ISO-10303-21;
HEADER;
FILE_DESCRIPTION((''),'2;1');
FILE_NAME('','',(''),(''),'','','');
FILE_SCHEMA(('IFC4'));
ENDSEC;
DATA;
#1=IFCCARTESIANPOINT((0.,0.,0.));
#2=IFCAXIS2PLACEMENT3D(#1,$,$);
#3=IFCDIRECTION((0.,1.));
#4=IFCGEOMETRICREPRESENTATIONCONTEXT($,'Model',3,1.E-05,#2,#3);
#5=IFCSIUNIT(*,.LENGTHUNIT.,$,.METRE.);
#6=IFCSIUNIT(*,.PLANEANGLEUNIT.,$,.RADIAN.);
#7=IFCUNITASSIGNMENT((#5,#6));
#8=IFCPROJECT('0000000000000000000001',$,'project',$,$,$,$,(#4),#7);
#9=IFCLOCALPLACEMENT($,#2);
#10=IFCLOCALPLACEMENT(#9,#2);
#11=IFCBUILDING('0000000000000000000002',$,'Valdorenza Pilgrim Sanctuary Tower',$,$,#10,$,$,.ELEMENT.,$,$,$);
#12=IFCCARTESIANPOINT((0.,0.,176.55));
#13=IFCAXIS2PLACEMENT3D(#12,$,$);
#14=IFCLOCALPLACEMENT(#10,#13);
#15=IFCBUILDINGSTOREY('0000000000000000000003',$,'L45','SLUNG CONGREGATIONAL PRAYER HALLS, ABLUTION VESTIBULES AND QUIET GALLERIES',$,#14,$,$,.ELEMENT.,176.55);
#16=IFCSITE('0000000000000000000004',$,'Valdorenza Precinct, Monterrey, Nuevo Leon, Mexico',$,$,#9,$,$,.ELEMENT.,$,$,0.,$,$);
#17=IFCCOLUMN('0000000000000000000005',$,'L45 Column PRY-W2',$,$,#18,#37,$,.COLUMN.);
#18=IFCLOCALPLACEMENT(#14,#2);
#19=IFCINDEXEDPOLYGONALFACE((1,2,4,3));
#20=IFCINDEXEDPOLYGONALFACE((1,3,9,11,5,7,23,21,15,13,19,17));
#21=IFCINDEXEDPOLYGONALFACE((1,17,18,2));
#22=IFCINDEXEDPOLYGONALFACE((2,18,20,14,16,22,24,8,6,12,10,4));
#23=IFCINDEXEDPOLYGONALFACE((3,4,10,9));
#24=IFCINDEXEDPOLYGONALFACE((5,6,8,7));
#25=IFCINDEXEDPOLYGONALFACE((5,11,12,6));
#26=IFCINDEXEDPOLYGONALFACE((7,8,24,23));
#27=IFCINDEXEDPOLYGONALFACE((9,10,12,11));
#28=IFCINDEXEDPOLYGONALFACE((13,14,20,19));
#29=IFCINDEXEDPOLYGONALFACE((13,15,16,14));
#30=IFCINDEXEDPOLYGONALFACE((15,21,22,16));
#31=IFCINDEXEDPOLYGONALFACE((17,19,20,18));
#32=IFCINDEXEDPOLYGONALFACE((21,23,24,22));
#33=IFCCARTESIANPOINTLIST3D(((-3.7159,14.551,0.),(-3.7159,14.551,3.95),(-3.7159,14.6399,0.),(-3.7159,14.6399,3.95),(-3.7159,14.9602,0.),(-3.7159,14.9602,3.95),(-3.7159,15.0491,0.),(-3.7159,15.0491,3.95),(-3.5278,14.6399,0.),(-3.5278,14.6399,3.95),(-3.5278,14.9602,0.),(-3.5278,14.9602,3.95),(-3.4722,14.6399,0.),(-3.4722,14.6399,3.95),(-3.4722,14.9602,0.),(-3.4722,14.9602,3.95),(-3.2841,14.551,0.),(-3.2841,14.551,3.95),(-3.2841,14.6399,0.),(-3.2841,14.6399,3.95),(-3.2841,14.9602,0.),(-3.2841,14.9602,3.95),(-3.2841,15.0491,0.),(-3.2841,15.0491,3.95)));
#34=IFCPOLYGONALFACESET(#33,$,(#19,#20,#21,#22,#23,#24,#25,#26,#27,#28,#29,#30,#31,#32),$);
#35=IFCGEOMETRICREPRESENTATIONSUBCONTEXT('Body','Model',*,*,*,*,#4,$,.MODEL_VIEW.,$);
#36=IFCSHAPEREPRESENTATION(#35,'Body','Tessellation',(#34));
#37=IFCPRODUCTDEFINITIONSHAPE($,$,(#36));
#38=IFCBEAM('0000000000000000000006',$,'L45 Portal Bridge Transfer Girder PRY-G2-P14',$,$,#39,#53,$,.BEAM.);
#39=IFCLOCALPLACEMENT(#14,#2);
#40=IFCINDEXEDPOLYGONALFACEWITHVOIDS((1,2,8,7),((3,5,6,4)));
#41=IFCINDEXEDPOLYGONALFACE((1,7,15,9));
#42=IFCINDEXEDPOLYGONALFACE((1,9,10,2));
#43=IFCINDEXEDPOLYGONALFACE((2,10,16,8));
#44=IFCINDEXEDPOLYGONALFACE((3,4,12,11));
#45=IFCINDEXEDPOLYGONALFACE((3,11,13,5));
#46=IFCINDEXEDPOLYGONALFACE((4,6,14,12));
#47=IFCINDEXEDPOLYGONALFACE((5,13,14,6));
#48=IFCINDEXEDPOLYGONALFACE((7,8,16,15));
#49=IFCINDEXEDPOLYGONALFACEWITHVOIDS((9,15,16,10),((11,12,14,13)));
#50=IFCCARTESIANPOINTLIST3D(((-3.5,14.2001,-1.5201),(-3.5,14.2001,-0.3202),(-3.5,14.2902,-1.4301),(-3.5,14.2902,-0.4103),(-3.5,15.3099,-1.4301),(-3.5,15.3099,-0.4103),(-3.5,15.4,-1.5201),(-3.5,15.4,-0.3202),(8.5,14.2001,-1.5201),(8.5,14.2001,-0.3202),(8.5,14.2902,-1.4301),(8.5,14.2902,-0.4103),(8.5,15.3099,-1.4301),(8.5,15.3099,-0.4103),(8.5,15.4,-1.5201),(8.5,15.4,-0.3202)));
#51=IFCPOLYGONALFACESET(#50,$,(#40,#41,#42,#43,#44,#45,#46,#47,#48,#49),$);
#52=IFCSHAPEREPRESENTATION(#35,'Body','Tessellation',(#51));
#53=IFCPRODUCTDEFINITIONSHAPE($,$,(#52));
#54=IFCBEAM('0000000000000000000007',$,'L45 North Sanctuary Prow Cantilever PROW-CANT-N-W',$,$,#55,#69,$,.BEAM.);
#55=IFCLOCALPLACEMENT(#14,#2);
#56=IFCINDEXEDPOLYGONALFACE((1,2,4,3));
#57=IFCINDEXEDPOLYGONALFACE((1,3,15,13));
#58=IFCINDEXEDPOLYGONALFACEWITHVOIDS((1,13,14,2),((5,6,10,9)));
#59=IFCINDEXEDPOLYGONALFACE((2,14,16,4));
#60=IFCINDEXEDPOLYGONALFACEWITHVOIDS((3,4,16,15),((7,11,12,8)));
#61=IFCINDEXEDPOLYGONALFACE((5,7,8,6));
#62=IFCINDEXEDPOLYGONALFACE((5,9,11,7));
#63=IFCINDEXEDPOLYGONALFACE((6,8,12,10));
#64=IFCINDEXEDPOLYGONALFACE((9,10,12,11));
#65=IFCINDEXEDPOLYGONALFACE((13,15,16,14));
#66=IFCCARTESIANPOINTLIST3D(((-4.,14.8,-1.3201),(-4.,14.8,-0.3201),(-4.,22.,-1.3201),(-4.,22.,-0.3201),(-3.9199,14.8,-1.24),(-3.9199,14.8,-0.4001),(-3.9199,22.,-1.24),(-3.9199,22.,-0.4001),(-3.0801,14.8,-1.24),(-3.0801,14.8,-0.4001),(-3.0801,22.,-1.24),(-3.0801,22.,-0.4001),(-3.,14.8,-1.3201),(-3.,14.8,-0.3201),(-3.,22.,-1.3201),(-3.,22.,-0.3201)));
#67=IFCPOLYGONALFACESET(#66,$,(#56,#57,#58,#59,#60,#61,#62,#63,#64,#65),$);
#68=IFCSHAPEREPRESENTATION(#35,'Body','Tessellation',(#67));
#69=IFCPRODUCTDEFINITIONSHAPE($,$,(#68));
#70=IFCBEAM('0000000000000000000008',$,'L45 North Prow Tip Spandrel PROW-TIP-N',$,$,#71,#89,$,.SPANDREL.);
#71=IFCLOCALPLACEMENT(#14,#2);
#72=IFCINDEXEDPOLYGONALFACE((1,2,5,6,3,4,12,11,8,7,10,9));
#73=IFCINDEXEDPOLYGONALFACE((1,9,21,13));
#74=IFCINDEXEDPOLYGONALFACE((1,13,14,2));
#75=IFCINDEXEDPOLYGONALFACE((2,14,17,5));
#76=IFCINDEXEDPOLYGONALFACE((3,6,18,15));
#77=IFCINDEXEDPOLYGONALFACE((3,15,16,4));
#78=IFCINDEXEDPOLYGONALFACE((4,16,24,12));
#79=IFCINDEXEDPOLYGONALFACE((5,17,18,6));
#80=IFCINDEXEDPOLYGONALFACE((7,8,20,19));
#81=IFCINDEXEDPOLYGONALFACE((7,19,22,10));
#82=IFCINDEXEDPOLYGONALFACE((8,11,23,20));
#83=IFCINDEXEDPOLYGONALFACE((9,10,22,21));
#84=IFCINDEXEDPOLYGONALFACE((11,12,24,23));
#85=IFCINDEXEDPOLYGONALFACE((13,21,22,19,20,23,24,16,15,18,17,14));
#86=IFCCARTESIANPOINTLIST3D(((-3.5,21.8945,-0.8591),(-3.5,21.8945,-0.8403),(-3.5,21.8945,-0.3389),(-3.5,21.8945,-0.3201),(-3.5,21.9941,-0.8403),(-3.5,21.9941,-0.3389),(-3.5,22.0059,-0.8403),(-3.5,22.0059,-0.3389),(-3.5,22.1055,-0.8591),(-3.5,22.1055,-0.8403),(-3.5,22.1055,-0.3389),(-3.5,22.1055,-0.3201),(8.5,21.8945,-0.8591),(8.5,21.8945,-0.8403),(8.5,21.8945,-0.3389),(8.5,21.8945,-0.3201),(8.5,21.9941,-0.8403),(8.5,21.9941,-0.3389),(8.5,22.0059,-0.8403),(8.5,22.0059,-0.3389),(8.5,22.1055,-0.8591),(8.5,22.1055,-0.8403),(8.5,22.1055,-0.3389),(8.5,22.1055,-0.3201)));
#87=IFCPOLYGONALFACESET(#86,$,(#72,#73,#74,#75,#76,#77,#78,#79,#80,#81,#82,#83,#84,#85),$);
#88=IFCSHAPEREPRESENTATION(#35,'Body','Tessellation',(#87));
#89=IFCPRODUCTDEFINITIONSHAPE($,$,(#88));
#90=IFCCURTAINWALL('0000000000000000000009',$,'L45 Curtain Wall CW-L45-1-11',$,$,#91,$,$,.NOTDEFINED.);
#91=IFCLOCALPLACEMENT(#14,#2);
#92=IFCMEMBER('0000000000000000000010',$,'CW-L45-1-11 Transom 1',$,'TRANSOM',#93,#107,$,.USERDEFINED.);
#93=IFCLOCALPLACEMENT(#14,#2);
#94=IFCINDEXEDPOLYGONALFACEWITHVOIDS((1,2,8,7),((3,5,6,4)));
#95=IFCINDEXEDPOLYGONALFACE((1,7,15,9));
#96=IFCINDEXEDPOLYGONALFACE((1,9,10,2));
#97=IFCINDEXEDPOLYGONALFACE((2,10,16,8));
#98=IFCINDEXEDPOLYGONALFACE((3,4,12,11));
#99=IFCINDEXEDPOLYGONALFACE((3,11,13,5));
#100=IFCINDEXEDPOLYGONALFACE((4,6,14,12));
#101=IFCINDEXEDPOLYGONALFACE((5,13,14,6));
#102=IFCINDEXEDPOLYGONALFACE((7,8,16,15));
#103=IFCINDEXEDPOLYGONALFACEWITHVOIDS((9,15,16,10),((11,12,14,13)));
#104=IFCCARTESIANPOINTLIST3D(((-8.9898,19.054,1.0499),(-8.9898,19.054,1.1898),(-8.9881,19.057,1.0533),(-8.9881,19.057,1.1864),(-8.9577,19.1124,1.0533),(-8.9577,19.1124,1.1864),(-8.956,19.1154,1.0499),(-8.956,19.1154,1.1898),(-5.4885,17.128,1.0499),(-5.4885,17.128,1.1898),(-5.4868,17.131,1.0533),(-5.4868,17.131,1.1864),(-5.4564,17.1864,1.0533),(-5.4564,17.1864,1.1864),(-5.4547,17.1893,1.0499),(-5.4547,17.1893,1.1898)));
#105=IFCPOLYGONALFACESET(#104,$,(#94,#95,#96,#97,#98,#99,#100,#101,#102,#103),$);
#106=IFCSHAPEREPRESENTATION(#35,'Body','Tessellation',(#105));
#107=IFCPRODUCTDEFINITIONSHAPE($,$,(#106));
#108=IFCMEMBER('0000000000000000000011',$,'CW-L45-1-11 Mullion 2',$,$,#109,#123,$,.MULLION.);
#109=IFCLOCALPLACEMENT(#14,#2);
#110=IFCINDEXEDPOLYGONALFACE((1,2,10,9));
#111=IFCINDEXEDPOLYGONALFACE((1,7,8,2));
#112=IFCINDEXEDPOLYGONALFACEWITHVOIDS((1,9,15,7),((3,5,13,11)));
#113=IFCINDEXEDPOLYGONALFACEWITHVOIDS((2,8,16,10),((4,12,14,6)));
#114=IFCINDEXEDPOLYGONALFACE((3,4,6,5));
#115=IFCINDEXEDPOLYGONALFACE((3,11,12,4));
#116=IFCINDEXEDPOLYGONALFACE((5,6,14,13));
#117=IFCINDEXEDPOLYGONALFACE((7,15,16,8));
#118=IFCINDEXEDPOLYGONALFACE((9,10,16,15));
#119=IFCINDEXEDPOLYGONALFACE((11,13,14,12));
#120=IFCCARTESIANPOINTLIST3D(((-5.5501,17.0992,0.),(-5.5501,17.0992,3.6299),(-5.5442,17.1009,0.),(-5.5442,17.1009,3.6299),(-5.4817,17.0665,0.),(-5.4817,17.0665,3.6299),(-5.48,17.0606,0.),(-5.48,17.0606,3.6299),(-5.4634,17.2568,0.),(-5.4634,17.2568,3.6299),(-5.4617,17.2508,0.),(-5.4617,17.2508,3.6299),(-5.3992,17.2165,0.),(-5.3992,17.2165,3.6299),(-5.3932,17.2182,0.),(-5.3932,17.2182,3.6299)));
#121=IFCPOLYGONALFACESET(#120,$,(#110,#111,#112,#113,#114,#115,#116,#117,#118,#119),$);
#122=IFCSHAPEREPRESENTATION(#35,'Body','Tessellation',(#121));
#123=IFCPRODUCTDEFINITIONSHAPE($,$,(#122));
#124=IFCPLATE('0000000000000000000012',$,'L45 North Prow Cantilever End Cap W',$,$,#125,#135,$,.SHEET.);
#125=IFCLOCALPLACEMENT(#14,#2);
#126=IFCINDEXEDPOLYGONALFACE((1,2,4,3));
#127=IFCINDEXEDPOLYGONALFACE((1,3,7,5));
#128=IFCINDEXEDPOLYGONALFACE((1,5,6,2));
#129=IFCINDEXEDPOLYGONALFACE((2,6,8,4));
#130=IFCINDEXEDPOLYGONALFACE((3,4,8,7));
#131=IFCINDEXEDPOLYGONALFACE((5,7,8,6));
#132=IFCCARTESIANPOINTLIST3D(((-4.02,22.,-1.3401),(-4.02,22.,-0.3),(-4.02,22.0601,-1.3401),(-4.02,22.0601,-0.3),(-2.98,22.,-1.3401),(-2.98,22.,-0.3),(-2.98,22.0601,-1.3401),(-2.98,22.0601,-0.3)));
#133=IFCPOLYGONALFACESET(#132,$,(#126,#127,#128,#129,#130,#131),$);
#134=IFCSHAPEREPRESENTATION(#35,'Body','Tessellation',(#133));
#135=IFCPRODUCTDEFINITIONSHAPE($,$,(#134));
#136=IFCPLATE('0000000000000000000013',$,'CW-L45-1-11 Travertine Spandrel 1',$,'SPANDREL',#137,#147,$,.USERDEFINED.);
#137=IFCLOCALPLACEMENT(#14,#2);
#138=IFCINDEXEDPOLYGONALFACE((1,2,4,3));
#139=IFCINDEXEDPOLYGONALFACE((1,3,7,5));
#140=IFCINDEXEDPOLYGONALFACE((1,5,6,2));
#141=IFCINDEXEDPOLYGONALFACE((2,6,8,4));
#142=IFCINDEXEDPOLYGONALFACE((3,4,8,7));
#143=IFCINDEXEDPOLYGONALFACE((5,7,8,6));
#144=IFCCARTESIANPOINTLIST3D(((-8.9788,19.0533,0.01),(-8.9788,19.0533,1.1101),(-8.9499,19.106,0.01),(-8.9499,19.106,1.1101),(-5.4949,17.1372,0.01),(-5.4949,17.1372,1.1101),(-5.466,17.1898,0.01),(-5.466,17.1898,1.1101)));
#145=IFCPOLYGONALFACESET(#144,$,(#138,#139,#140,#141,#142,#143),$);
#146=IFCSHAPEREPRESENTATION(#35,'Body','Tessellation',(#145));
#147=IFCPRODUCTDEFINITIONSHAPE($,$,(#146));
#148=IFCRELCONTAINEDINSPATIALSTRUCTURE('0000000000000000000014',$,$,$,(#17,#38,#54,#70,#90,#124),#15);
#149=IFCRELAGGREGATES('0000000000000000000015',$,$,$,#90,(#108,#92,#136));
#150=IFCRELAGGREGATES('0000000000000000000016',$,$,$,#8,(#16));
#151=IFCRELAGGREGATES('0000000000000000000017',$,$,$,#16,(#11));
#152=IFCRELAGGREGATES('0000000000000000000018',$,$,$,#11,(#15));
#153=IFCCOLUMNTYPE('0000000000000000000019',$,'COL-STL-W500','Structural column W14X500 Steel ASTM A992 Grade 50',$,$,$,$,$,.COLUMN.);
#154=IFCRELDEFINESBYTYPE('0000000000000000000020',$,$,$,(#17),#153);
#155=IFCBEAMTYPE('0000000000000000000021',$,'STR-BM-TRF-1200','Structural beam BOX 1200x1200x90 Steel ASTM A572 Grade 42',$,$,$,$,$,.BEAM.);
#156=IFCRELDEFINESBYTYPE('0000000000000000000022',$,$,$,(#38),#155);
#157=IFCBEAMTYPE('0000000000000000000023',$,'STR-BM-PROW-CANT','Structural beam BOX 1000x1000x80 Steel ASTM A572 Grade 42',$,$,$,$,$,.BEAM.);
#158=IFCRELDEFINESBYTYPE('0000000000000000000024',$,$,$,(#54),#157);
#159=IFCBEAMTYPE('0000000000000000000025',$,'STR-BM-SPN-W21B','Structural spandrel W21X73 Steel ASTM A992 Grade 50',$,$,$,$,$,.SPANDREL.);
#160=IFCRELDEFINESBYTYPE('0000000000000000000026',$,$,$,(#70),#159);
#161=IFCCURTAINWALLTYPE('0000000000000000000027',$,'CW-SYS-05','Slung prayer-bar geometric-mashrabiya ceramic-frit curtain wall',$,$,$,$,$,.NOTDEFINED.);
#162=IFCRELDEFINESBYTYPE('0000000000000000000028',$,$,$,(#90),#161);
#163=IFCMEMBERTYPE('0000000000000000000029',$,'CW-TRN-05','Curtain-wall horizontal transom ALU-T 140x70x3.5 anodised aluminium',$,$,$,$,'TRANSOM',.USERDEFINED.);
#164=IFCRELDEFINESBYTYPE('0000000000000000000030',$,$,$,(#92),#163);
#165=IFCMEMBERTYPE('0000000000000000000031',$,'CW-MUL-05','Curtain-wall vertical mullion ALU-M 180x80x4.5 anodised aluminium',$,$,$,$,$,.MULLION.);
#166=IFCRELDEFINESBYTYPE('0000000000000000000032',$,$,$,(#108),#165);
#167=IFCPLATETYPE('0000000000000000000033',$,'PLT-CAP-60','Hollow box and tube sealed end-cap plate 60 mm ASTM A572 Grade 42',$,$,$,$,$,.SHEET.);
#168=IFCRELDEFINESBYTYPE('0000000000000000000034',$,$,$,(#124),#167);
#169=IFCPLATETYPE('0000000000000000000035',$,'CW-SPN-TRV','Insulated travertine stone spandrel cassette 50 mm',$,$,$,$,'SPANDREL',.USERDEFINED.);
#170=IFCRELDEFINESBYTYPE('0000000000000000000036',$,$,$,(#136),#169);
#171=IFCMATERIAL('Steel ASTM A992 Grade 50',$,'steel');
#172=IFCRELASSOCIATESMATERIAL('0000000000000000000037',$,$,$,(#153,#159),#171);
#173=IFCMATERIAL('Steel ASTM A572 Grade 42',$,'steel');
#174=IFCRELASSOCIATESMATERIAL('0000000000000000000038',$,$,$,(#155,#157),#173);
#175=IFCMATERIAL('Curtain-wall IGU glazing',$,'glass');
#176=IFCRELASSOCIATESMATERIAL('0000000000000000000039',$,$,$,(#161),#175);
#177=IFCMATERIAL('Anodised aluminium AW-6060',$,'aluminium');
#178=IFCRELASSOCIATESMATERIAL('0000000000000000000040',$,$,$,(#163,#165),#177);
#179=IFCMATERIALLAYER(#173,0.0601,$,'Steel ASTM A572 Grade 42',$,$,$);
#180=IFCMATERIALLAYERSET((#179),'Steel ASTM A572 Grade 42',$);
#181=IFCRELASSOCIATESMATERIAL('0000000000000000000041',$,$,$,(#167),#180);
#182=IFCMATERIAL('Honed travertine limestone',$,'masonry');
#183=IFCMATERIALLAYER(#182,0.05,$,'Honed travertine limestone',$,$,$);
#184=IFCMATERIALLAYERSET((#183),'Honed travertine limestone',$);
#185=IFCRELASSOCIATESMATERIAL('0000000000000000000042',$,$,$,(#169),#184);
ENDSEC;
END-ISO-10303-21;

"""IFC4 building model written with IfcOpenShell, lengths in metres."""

from ifc_helpers import new_model, si_unit, direction, frame, origin, origin_2d, place, context, subcontext, project, spatial, rectangle, hollow_rectangle, i_section, extrude, source, transform, mapped, material, layer, layer_set, material_profile, profile_set, type_object, element, aggregate, save


model = new_model("IFC4")

# Units and contexts
model_context = context("Model", 3, precision=1e-05, world=origin(), true_north=direction((0.0, 1.0)))
body_context = subcontext(model_context, "Body", "Model", "MODEL_VIEW")
ifc_project = project(units=[si_unit("LENGTHUNIT", "METRE"), si_unit("PLANEANGLEUNIT", "RADIAN")], contexts=[model_context])

# Site, building, storey
site_placement = place(None, origin())
site = spatial("IfcSite", under=ifc_project, at=site_placement, Name="Valdorenza Precinct, Monterrey, Nuevo Leon, Mexico", CompositionType="ELEMENT", RefElevation=0.0)
building_placement = place(site_placement, origin())
building = spatial("IfcBuilding", under=site, at=building_placement, Name="Valdorenza Pilgrim Sanctuary Tower", CompositionType="ELEMENT")
storey_placement = place(building_placement, frame((0.0, 0.0, 176.55)))
storey = spatial("IfcBuildingStorey", under=building, at=storey_placement, Name="L45", Description="SLUNG CONGREGATIONAL PRAYER HALLS, ABLUTION VESTIBULES AND QUIET GALLERIES", CompositionType="ELEMENT", Elevation=176.55)

# Column
ifc_material_1 = material(Name="Steel ASTM A992 Grade 50", Category="steel")
ifc_material_profile_1 = material_profile(ifc_material_1, i_section(OverallWidth=0.4319, OverallDepth=0.498, WebThickness=0.0557, FlangeThickness=0.0889, at=origin_2d()), Name="W14X500")
ifc_profile_set_1 = profile_set([ifc_material_profile_1], Name="Steel ASTM A992 Grade 50")
column_type = type_object("IfcColumnType", Name="COL-STL-W500", Description="Structural column W14X500 Steel ASTM A992 Grade 50", PredefinedType="COLUMN", material=ifc_profile_set_1)
shared_shape_1 = source(origin(), body_context, "Body", "SweptSolid", [
    extrude(i_section(OverallWidth=0.4319, OverallDepth=0.498, WebThickness=0.0557, FlangeThickness=0.0889, at=origin_2d()), origin(), (0.0, 0.0, 1.0), 3.95),
])
column_placement = place(storey_placement, frame((-3.5, 14.8, 0.0), z_axis=(0.0, 0.0, 1.0), x_axis=(1.0, 0.0, 0.0)))
element("IfcColumn", 1, at=column_placement, inside=storey, type_object=column_type, Name="L45 Column PRY-W2", PredefinedType="COLUMN", context=body_context, shape_type="MappedRepresentation", body=[
    mapped(shared_shape_1, transform((0.0, 0.0, 0.0), x_axis=(1.0, 0.0, 0.0), y_axis=(0.0, 1.0, 0.0), z_axis=(0.0, 0.0, 1.0), scale=1.0)),
])

# Beams
ifc_material_2 = material(Name="Steel ASTM A572 Grade 42", Category="steel")
ifc_material_profile_2 = material_profile(ifc_material_2, hollow_rectangle(XDim=1.2, YDim=1.2, WallThickness=0.0901, at=origin_2d()), Name="BOX 1200x1200x90")
ifc_profile_set_2 = profile_set([ifc_material_profile_2], Name="Steel ASTM A572 Grade 42")
beam_type_1 = type_object("IfcBeamType", Name="STR-BM-TRF-1200", Description="Structural beam BOX 1200x1200x90 Steel ASTM A572 Grade 42", PredefinedType="BEAM", material=ifc_profile_set_2)
shared_shape_2 = source(origin(), body_context, "Body", "SweptSolid", [
    extrude(hollow_rectangle(XDim=1.2, YDim=1.2, WallThickness=0.0901, at=origin_2d()), origin(), (0.0, 0.0, 1.0), 12.0),
])
beam_1_placement = place(storey_placement, frame((-3.5, 14.8, -0.9202), z_axis=(1.0, 0.0, 0.0), x_axis=(0.0, 1.0, 0.0)))
element("IfcBeam", 2, at=beam_1_placement, inside=storey, type_object=beam_type_1, Name="L45 Portal Bridge Transfer Girder PRY-G2-P14", PredefinedType="BEAM", context=body_context, shape_type="MappedRepresentation", body=[
    mapped(shared_shape_2, transform((0.0, 0.0, 0.0), x_axis=(1.0, 0.0, 0.0), y_axis=(0.0, 1.0, 0.0), z_axis=(0.0, 0.0, 1.0), scale=1.0)),
])
ifc_material_profile_3 = material_profile(ifc_material_2, hollow_rectangle(XDim=1.0, YDim=1.0, WallThickness=0.0801, at=origin_2d()), Name="BOX 1000x1000x80")
ifc_profile_set_3 = profile_set([ifc_material_profile_3], Name="Steel ASTM A572 Grade 42")
beam_type_2 = type_object("IfcBeamType", Name="STR-BM-PROW-CANT", Description="Structural beam BOX 1000x1000x80 Steel ASTM A572 Grade 42", PredefinedType="BEAM", material=ifc_profile_set_3)
shared_shape_3 = source(origin(), body_context, "Body", "SweptSolid", [
    extrude(hollow_rectangle(XDim=1.0, YDim=1.0, WallThickness=0.0801, at=origin_2d()), origin(), (0.0, 0.0, 1.0), 7.2),
])
beam_2_placement = place(storey_placement, frame((-3.5, 14.8, -0.8201), z_axis=(0.0, 1.0, 0.0), x_axis=(-1.0, 0.0, 0.0)))
element("IfcBeam", 3, at=beam_2_placement, inside=storey, type_object=beam_type_2, Name="L45 North Sanctuary Prow Cantilever PROW-CANT-N-W", PredefinedType="BEAM", context=body_context, shape_type="MappedRepresentation", body=[
    mapped(shared_shape_3, transform((0.0, 0.0, 0.0), x_axis=(1.0, 0.0, 0.0), y_axis=(0.0, 1.0, 0.0), z_axis=(0.0, 0.0, 1.0), scale=1.0)),
])
ifc_material_profile_4 = material_profile(ifc_material_1, i_section(OverallWidth=0.2109, OverallDepth=0.5391, WebThickness=0.0117, FlangeThickness=0.0188, at=origin_2d()), Name="W21X73")
ifc_profile_set_4 = profile_set([ifc_material_profile_4], Name="Steel ASTM A992 Grade 50")
beam_type_3 = type_object("IfcBeamType", Name="STR-BM-SPN-W21B", Description="Structural spandrel W21X73 Steel ASTM A992 Grade 50", PredefinedType="SPANDREL", material=ifc_profile_set_4)
shared_shape_4 = source(origin(), body_context, "Body", "SweptSolid", [
    extrude(i_section(OverallWidth=0.2109, OverallDepth=0.5391, WebThickness=0.0117, FlangeThickness=0.0188, at=origin_2d()), origin(), (0.0, 0.0, 1.0), 12.0),
])
beam_3_placement = place(storey_placement, frame((-3.5, 22.0, -0.5896), z_axis=(1.0, 0.0, 0.0), x_axis=(0.0, 1.0, 0.0)))
element("IfcBeam", 4, at=beam_3_placement, inside=storey, type_object=beam_type_3, Name="L45 North Prow Tip Spandrel PROW-TIP-N", PredefinedType="SPANDREL", context=body_context, shape_type="MappedRepresentation", body=[
    mapped(shared_shape_4, transform((0.0, 0.0, 0.0), x_axis=(1.0, 0.0, 0.0), y_axis=(0.0, 1.0, 0.0), z_axis=(0.0, 0.0, 1.0), scale=1.0)),
])

# Curtain wall, members
ifc_material_3 = material(Name="Curtain-wall IGU glazing", Category="glass")
curtain_wall_type = type_object("IfcCurtainWallType", Name="CW-SYS-05", Description="Slung prayer-bar geometric-mashrabiya ceramic-frit curtain wall", PredefinedType="NOTDEFINED", material=ifc_material_3)
curtain_wall_placement = place(storey_placement, origin())
curtain_wall = element("IfcCurtainWall", 5, at=curtain_wall_placement, inside=storey, type_object=curtain_wall_type, Name="L45 Curtain Wall CW-L45-1-11", PredefinedType="NOTDEFINED")
ifc_material_4 = material(Name="Anodised aluminium AW-6060", Category="aluminium")
ifc_material_profile_5 = material_profile(ifc_material_4, hollow_rectangle(XDim=0.0701, YDim=0.1399, WallThickness=0.0034, at=origin_2d()), Name="ALU-T 140x70x3.5")
ifc_profile_set_5 = profile_set([ifc_material_profile_5], Name="Anodised aluminium AW-6060")
member_type_1 = type_object("IfcMemberType", Name="CW-TRN-05", Description="Curtain-wall horizontal transom ALU-T 140x70x3.5 anodised aluminium", ElementType="TRANSOM", PredefinedType="USERDEFINED", material=ifc_profile_set_5)
shared_shape_5 = source(origin(), body_context, "Body", "SweptSolid", [
    extrude(hollow_rectangle(XDim=0.0701, YDim=0.1399, WallThickness=0.0034, at=origin_2d()), origin(), (0.0, 0.0, 1.0), 3.9961),
])
member_1_placement = place(storey_placement, frame((-8.9729, 19.0847, 1.1199), z_axis=(0.876178, -0.481987, 0.0), x_axis=(0.481987, 0.876178, 0.0)))
member_1 = element("IfcMember", 6, at=member_1_placement, type_object=member_type_1, Name="CW-L45-1-11 Transom 1", ObjectType="TRANSOM", PredefinedType="USERDEFINED", context=body_context, shape_type="MappedRepresentation", body=[
    mapped(shared_shape_5, transform((0.0, 0.0, 0.0), x_axis=(1.0, 0.0, 0.0), y_axis=(0.0, 1.0, 0.0), z_axis=(0.0, 0.0, 1.0), scale=1.0)),
])
ifc_material_profile_6 = material_profile(ifc_material_4, hollow_rectangle(XDim=0.0801, YDim=0.1799, WallThickness=0.0044, at=origin_2d()), Name="ALU-M 180x80x4.5")
ifc_profile_set_6 = profile_set([ifc_material_profile_6], Name="Anodised aluminium AW-6060")
member_type_2 = type_object("IfcMemberType", Name="CW-MUL-05", Description="Curtain-wall vertical mullion ALU-M 180x80x4.5 anodised aluminium", PredefinedType="MULLION", material=ifc_profile_set_6)
shared_shape_6 = source(origin(), body_context, "Body", "SweptSolid", [
    extrude(hollow_rectangle(XDim=0.0801, YDim=0.1799, WallThickness=0.0044, at=origin_2d()), origin(), (0.0, 0.0, 1.0), 3.6299),
])
member_2_placement = place(storey_placement, frame((-5.4717, 17.1587, 0.0), z_axis=(0.0, 0.0, 1.0), x_axis=(0.876214, -0.481922, 0.0)))
member_2 = element("IfcMember", 7, at=member_2_placement, type_object=member_type_2, Name="CW-L45-1-11 Mullion 2", PredefinedType="MULLION", context=body_context, shape_type="MappedRepresentation", body=[
    mapped(shared_shape_6, transform((0.0, 0.0, 0.0), x_axis=(1.0, 0.0, 0.0), y_axis=(0.0, 1.0, 0.0), z_axis=(0.0, 0.0, 1.0), scale=1.0)),
])

# Plates
ifc_layer_1 = layer(ifc_material_2, 0.0601, Name="Steel ASTM A572 Grade 42")
ifc_layer_set_1 = layer_set([ifc_layer_1], Name="Steel ASTM A572 Grade 42")
plate_type_1 = type_object("IfcPlateType", Name="PLT-CAP-60", Description="Hollow box and tube sealed end-cap plate 60 mm ASTM A572 Grade 42", PredefinedType="SHEET", material=ifc_layer_set_1)
shared_shape_7 = source(origin(), body_context, "Body", "SweptSolid", [
    extrude(rectangle(XDim=1.04, YDim=0.0601, at=origin_2d()), origin(), (0.0, 0.0, 1.0), 1.04),
])
plate_1_placement = place(storey_placement, frame((-3.5, 22.03, -1.3401), z_axis=(0.0, 0.0, 1.0), x_axis=(1.0, 0.0, 0.0)))
element("IfcPlate", 8, at=plate_1_placement, inside=storey, type_object=plate_type_1, Name="L45 North Prow Cantilever End Cap W", PredefinedType="SHEET", context=body_context, shape_type="MappedRepresentation", body=[
    mapped(shared_shape_7, transform((0.0, 0.0, 0.0), x_axis=(1.0, 0.0, 0.0), y_axis=(0.0, 1.0, 0.0), z_axis=(0.0, 0.0, 1.0), scale=1.0)),
])
ifc_material_5 = material(Name="Honed travertine limestone", Category="masonry")
ifc_layer_2 = layer(ifc_material_5, 0.05, Name="Honed travertine limestone")
ifc_layer_set_2 = layer_set([ifc_layer_2], Name="Honed travertine limestone")
plate_type_2 = type_object("IfcPlateType", Name="CW-SPN-TRV", Description="Insulated travertine stone spandrel cassette 50 mm", ElementType="SPANDREL", PredefinedType="USERDEFINED", material=ifc_layer_set_2)
shared_shape_8 = source(origin(), body_context, "Body", "SweptSolid", [
    extrude(rectangle(XDim=3.9761, YDim=0.0601, at=origin_2d()), origin(), (0.0, 0.0, 1.0), 1.1001),
])
plate_2_placement = place(storey_placement, frame((-7.2224, 18.1216, 0.01), z_axis=(0.0, 0.0, 1.0), x_axis=(0.876214, -0.481922, 0.0)))
plate_2 = element("IfcPlate", 9, at=plate_2_placement, type_object=plate_type_2, Name="CW-L45-1-11 Travertine Spandrel 1", ObjectType="SPANDREL", PredefinedType="USERDEFINED", context=body_context, shape_type="MappedRepresentation", body=[
    mapped(shared_shape_8, transform((0.0, 0.0, 0.0), x_axis=(1.0, 0.0, 0.0), y_axis=(0.0, 1.0, 0.0), z_axis=(0.0, 0.0, 1.0), scale=1.0)),
])
aggregate(curtain_wall, [member_2, member_1, plate_2])

save(model, "model.ifc")
